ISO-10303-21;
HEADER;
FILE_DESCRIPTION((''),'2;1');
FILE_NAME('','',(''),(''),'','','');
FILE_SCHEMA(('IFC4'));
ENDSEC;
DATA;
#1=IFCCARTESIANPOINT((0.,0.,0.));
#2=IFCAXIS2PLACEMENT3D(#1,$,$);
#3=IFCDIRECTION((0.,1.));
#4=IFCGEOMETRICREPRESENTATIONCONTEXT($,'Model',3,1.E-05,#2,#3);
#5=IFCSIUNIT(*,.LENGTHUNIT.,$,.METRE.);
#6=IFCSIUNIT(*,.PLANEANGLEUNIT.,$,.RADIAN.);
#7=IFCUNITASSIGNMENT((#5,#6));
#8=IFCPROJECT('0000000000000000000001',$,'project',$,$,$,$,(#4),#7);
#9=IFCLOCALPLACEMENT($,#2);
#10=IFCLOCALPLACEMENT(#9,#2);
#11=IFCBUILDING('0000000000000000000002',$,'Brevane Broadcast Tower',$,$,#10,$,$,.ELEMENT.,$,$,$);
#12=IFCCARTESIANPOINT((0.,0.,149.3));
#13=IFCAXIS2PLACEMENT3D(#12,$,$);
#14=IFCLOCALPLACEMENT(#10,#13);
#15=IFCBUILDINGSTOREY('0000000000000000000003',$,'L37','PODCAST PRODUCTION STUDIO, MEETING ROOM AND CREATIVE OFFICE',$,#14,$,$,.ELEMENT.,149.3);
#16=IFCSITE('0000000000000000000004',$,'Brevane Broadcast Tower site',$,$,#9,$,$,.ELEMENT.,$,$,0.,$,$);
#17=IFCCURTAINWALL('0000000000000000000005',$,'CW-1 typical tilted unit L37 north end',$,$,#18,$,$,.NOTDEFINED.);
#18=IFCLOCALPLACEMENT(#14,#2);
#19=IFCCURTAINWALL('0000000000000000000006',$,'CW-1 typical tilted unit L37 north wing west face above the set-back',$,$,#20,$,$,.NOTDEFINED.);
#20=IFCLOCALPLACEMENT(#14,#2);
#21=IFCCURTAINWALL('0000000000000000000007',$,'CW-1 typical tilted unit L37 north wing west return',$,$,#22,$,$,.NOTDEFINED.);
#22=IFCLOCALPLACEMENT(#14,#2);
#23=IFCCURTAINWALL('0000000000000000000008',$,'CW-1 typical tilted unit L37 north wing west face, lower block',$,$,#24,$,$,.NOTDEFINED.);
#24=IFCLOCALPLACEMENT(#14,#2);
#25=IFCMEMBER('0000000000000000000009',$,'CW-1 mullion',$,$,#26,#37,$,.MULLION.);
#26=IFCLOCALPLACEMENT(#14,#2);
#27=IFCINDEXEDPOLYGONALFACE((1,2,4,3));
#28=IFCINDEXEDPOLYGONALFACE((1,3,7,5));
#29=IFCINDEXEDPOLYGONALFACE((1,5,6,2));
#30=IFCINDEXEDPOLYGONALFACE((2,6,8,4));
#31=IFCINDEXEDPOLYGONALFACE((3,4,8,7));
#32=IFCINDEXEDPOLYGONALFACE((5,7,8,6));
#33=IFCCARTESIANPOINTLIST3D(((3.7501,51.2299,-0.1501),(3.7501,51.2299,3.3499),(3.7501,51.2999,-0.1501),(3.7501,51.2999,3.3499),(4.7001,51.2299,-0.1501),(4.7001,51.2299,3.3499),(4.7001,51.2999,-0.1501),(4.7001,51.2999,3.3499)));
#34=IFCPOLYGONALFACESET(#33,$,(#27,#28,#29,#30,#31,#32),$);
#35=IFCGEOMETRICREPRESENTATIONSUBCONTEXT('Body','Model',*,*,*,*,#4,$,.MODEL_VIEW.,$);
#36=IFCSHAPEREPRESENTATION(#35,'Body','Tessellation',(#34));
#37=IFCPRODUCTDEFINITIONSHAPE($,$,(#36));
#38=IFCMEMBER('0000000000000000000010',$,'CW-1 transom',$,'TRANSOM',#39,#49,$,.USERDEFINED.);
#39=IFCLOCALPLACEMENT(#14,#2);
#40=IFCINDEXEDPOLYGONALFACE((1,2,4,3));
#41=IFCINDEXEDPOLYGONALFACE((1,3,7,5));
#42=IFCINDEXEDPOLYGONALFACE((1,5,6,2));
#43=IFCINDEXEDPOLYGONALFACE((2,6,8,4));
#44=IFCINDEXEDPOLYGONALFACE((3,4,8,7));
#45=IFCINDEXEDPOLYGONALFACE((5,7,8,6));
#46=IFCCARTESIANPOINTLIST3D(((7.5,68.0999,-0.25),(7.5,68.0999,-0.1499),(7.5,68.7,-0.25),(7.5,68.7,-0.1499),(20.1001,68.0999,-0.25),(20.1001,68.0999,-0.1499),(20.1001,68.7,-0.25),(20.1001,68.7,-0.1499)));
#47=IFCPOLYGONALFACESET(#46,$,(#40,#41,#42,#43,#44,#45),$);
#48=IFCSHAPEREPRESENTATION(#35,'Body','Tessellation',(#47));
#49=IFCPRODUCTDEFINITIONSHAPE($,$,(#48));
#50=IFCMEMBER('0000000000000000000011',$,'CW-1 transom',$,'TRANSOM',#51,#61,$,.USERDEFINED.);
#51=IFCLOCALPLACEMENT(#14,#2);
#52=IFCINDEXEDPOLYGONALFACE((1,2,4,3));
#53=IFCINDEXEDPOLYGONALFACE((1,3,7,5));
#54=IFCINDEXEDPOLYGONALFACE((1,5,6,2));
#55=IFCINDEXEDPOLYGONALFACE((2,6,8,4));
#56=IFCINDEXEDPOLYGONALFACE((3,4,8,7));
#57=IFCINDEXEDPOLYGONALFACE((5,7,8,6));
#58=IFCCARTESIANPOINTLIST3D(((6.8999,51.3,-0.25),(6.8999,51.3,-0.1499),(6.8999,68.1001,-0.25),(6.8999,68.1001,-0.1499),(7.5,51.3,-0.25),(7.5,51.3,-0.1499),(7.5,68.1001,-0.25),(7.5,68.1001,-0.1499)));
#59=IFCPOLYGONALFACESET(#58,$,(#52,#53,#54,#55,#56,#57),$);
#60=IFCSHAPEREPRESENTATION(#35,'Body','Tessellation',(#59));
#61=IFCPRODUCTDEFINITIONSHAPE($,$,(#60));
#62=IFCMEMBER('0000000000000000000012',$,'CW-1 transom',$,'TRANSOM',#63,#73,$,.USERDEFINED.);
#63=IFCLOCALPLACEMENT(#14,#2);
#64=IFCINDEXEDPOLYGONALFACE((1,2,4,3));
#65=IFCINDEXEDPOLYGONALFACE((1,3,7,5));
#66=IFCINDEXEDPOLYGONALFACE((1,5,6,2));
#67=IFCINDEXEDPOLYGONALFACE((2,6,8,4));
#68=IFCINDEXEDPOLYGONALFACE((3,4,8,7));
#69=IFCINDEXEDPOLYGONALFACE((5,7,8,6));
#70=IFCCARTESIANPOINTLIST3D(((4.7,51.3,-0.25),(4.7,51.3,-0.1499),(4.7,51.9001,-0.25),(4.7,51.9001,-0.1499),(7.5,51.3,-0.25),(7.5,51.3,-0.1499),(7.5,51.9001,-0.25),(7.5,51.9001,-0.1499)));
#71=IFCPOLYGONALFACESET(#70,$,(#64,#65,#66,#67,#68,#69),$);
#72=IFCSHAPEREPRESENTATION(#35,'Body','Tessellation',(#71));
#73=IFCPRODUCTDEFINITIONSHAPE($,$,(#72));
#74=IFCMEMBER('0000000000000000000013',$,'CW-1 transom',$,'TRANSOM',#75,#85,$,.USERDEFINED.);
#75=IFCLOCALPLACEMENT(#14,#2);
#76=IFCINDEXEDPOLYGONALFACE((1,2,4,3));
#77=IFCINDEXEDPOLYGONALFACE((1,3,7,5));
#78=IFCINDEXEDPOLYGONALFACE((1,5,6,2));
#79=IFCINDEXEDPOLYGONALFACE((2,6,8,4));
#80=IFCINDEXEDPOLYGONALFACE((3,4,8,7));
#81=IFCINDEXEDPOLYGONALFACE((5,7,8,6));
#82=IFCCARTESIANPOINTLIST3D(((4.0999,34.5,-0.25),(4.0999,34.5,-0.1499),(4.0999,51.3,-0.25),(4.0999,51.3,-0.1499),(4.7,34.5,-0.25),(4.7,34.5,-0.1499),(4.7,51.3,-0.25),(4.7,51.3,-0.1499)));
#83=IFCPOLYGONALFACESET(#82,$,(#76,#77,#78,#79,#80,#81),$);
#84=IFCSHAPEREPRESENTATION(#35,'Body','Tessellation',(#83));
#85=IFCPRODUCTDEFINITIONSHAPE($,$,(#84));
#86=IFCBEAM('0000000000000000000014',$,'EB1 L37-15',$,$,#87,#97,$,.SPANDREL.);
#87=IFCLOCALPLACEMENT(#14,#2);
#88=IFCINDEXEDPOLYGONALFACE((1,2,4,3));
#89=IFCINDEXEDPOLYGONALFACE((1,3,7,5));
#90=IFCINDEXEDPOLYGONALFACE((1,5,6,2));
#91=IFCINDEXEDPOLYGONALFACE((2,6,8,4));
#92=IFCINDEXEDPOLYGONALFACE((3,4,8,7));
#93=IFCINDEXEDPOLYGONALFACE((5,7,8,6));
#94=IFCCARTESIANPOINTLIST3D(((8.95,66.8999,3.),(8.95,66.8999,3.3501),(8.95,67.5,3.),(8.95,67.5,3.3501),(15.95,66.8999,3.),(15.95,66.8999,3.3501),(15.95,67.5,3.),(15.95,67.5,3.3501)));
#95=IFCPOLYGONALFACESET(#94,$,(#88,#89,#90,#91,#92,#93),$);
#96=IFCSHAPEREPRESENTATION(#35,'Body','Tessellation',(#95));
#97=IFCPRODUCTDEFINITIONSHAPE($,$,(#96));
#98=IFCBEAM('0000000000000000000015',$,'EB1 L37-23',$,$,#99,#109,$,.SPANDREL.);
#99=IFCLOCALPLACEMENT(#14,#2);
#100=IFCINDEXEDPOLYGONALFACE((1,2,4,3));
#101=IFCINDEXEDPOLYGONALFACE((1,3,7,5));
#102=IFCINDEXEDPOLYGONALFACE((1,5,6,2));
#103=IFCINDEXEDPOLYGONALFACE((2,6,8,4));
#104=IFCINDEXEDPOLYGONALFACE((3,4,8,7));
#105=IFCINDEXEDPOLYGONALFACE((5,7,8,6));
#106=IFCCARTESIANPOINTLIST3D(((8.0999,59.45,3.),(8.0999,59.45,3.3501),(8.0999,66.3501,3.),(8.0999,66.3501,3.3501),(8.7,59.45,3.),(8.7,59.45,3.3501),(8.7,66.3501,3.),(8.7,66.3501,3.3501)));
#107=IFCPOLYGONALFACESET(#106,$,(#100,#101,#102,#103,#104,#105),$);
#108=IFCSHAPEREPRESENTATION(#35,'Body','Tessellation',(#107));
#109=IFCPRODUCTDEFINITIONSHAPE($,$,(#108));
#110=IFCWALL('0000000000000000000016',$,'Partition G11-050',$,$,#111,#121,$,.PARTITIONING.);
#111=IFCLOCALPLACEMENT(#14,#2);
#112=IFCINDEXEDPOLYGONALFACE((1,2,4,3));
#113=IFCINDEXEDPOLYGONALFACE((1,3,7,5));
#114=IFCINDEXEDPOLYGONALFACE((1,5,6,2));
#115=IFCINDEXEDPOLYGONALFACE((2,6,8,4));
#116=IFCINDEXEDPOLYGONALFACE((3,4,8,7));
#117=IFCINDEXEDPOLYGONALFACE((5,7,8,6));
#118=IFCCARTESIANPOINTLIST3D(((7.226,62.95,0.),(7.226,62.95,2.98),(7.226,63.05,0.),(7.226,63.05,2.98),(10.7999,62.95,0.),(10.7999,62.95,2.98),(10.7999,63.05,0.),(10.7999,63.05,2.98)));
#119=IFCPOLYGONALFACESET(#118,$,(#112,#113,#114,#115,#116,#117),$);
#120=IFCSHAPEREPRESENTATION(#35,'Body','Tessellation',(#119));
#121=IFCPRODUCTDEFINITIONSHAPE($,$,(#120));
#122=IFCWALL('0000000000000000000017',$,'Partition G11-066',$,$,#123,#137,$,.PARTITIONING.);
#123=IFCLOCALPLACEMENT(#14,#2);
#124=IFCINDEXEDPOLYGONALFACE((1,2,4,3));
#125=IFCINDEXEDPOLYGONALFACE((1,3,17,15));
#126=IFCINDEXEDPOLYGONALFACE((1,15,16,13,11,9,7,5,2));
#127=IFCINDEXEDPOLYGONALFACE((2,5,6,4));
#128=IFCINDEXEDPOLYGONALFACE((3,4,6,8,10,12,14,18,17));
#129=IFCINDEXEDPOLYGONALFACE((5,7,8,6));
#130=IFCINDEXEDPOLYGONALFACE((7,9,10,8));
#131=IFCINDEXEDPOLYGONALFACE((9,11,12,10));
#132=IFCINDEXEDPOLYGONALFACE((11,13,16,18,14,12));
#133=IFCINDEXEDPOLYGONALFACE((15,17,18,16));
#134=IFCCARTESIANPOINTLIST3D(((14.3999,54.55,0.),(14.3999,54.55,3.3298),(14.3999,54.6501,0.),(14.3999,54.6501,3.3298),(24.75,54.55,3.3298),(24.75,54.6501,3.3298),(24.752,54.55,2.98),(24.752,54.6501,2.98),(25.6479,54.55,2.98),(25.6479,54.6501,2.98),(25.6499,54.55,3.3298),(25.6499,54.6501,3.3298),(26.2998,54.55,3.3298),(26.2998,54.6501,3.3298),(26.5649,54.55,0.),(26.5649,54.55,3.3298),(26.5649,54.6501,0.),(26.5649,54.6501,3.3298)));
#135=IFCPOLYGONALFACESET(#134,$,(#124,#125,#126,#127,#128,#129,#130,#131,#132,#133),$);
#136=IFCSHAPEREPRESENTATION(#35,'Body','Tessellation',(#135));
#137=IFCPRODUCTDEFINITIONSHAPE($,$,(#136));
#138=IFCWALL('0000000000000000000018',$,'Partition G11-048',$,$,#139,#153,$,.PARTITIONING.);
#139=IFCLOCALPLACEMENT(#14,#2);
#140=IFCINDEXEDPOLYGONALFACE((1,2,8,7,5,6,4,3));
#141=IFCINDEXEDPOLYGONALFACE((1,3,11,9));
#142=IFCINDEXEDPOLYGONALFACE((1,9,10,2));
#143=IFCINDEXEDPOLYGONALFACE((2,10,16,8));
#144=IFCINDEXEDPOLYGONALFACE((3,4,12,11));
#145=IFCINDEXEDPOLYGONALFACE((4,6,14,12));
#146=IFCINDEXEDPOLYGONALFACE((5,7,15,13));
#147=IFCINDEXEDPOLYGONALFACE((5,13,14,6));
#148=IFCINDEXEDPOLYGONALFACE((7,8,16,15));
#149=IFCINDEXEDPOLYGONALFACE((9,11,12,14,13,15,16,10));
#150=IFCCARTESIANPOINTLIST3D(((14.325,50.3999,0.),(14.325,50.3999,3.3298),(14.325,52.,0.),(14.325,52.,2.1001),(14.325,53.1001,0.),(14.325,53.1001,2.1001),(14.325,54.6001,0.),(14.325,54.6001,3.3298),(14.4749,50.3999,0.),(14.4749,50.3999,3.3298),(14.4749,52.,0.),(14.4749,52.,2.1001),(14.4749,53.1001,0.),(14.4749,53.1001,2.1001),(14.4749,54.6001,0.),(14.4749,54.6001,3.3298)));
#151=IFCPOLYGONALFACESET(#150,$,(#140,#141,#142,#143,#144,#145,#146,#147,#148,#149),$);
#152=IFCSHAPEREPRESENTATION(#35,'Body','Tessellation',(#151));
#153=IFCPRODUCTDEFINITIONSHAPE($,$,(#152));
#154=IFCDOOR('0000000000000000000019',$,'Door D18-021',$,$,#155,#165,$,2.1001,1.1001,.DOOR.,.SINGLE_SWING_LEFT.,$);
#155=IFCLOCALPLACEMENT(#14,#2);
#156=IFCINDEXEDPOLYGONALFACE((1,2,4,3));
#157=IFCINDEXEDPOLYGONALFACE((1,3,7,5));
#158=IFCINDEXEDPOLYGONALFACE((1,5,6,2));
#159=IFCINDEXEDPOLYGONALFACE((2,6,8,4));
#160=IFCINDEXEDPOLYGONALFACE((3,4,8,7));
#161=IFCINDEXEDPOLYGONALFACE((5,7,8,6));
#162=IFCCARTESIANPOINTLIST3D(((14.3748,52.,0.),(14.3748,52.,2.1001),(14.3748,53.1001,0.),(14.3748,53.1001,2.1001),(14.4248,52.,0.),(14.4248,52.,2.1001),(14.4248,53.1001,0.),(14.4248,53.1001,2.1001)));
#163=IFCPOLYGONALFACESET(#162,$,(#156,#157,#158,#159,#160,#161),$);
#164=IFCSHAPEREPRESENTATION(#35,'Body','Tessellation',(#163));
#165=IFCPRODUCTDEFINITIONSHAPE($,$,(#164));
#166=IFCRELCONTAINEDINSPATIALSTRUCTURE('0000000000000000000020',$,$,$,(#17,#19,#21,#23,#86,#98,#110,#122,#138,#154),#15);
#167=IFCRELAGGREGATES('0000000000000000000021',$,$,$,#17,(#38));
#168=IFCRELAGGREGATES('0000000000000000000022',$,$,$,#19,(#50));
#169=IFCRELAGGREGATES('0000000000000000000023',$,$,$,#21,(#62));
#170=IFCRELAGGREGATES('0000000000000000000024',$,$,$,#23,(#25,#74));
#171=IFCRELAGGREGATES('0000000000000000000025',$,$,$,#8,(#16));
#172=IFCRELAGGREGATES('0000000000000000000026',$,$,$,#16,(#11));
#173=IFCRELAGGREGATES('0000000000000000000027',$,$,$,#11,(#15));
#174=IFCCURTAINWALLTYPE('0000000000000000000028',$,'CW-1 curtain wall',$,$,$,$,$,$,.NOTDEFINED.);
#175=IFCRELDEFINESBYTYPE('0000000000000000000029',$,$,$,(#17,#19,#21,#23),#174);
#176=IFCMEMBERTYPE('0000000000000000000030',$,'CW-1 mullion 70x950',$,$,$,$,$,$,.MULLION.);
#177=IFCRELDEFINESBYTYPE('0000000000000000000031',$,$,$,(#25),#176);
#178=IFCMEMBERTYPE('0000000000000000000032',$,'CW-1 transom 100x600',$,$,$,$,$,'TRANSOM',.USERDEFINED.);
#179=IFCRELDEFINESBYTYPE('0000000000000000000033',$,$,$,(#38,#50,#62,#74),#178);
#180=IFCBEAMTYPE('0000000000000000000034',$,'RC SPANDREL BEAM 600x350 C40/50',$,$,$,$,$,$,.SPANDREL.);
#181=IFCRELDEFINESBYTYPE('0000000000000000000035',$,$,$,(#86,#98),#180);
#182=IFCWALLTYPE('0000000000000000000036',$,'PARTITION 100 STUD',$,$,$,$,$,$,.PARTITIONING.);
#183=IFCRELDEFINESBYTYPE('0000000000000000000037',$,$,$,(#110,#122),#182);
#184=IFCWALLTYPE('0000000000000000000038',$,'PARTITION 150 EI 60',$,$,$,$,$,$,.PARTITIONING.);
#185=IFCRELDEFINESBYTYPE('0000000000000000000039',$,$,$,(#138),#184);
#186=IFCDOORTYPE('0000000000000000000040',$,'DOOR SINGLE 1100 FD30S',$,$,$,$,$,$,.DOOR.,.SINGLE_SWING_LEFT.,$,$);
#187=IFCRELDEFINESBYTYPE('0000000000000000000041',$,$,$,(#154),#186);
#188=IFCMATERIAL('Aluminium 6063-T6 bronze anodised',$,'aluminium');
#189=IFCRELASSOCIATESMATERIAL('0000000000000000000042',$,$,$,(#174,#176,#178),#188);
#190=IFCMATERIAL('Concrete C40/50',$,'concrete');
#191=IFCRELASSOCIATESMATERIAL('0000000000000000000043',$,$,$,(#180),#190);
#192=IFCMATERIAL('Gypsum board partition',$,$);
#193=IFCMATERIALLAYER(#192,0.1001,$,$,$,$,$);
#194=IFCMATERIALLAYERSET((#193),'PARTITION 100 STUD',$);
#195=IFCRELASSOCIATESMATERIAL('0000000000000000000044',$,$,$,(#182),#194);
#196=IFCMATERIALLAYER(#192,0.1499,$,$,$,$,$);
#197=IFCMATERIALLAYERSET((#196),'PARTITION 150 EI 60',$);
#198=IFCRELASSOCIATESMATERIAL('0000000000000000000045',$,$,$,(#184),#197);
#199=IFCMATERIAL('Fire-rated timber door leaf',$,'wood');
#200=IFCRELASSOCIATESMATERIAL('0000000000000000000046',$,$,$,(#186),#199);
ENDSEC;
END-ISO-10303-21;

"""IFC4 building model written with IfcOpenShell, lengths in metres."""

from ifc_helpers import new_model, si_unit, direction, frame, frame_2d, origin, origin_2d, place, context, subcontext, project, spatial, polyline, rectangle, outline, extrude, material, layer, layer_set, material_profile, profile_set, type_object, element, fill, aggregate, save


model = new_model("IFC4")

# Units and contexts
model_context = context("Model", 3, precision=1e-05, world=origin(), true_north=direction((0.0, 1.0)))
body_context = subcontext(model_context, "Body", "Model", "MODEL_VIEW")
ifc_project = project(units=[si_unit("LENGTHUNIT", "METRE"), si_unit("PLANEANGLEUNIT", "RADIAN")], contexts=[model_context])

# Site, building, storey
site_placement = place(None, origin())
site = spatial("IfcSite", under=ifc_project, at=site_placement, Name="Brevane Broadcast Tower site", CompositionType="ELEMENT", RefElevation=0.0)
building_placement = place(site_placement, origin())
building = spatial("IfcBuilding", under=site, at=building_placement, Name="Brevane Broadcast Tower", CompositionType="ELEMENT")
storey_placement = place(building_placement, frame((0.0, 0.0, 149.3)))
storey = spatial("IfcBuildingStorey", under=building, at=storey_placement, Name="L37", Description="PODCAST PRODUCTION STUDIO, MEETING ROOM AND CREATIVE OFFICE", CompositionType="ELEMENT", Elevation=149.3)

# Curtain walls
ifc_material_1 = material(Name="Aluminium 6063-T6 bronze anodised", Category="aluminium")
curtain_wall_type = type_object("IfcCurtainWallType", Name="CW-1 curtain wall", PredefinedType="NOTDEFINED", material=ifc_material_1)
curtain_wall_1_placement = place(storey_placement, origin())
curtain_wall_1 = element("IfcCurtainWall", 1, at=curtain_wall_1_placement, inside=storey, type_object=curtain_wall_type, Name="CW-1 typical tilted unit L37 north end", PredefinedType="NOTDEFINED")
ifc_material_profile_1 = material_profile(ifc_material_1, rectangle(XDim=0.95, YDim=0.0701, at=origin_2d()), Name="RECT 70x950")
ifc_profile_set_1 = profile_set([ifc_material_profile_1], Name="Aluminium 6063-T6 bronze anodised")
member_type_1 = type_object("IfcMemberType", Name="CW-1 mullion 70x950", PredefinedType="MULLION", material=ifc_profile_set_1)
curtain_wall_2_placement = place(storey_placement, origin())
curtain_wall_2 = element("IfcCurtainWall", 2, at=curtain_wall_2_placement, inside=storey, type_object=curtain_wall_type, Name="CW-1 typical tilted unit L37 north wing west face above the set-back", PredefinedType="NOTDEFINED")
curtain_wall_3_placement = place(storey_placement, origin())
curtain_wall_3 = element("IfcCurtainWall", 3, at=curtain_wall_3_placement, inside=storey, type_object=curtain_wall_type, Name="CW-1 typical tilted unit L37 north wing west return", PredefinedType="NOTDEFINED")

# Curtain wall, member
curtain_wall_4_placement = place(storey_placement, origin())
curtain_wall_4 = element("IfcCurtainWall", 4, at=curtain_wall_4_placement, inside=storey, type_object=curtain_wall_type, Name="CW-1 typical tilted unit L37 north wing west face, lower block", PredefinedType="NOTDEFINED")
member_1_placement = place(storey_placement, frame((4.2251, 51.2649, -0.1501), z_axis=(0.0, 0.0, 1.0), x_axis=(1.0, 0.0, 0.0)))
member_1 = element("IfcMember", 5, at=member_1_placement, type_object=member_type_1, Name="CW-1 mullion", PredefinedType="MULLION", context=body_context, shape_type="SweptSolid", body=[
    extrude(rectangle(XDim=0.95, YDim=0.0701, at=origin_2d()), origin(), (0.0, 0.0, 1.0), 3.5),
])

# Members
ifc_material_profile_2 = material_profile(ifc_material_1, rectangle(XDim=0.6001, YDim=0.1001, at=origin_2d()), Name="RECT 100x600")
ifc_profile_set_2 = profile_set([ifc_material_profile_2], Name="Aluminium 6063-T6 bronze anodised")
member_type_2 = type_object("IfcMemberType", Name="CW-1 transom 100x600", ElementType="TRANSOM", PredefinedType="USERDEFINED", material=ifc_profile_set_2)
member_2_placement = place(storey_placement, frame((20.1001, 68.3999, -0.2), z_axis=(-1.0, 0.0, 0.0), x_axis=(0.0, -1.0, 0.0)))
member_2 = element("IfcMember", 6, at=member_2_placement, type_object=member_type_2, Name="CW-1 transom", ObjectType="TRANSOM", PredefinedType="USERDEFINED", context=body_context, shape_type="SweptSolid", body=[
    extrude(rectangle(XDim=0.6001, YDim=0.1001, at=origin_2d()), origin(), (0.0, 0.0, 1.0), 12.6001),
])
aggregate(curtain_wall_1, [member_2])
member_3_placement = place(storey_placement, frame((7.2, 68.1001, -0.2), z_axis=(0.0, -1.0, 0.0), x_axis=(1.0, 0.0, 0.0)))
member_3 = element("IfcMember", 7, at=member_3_placement, type_object=member_type_2, Name="CW-1 transom", ObjectType="TRANSOM", PredefinedType="USERDEFINED", context=body_context, shape_type="SweptSolid", body=[
    extrude(rectangle(XDim=0.6001, YDim=0.1001, at=origin_2d()), origin(), (0.0, 0.0, 1.0), 16.8),
])
aggregate(curtain_wall_2, [member_3])
member_4_placement = place(storey_placement, frame((7.5, 51.6001, -0.2), z_axis=(-1.0, 0.0, 0.0), x_axis=(0.0, -1.0, 0.0)))
member_4 = element("IfcMember", 8, at=member_4_placement, type_object=member_type_2, Name="CW-1 transom", ObjectType="TRANSOM", PredefinedType="USERDEFINED", context=body_context, shape_type="SweptSolid", body=[
    extrude(rectangle(XDim=0.6001, YDim=0.1001, at=origin_2d()), origin(), (0.0, 0.0, 1.0), 2.8),
])
aggregate(curtain_wall_3, [member_4])
member_5_placement = place(storey_placement, frame((4.3999, 51.3, -0.2), z_axis=(0.0, -1.0, 0.0), x_axis=(1.0, 0.0, 0.0)))
member_5 = element("IfcMember", 9, at=member_5_placement, type_object=member_type_2, Name="CW-1 transom", ObjectType="TRANSOM", PredefinedType="USERDEFINED", context=body_context, shape_type="SweptSolid", body=[
    extrude(rectangle(XDim=0.6001, YDim=0.1001, at=origin_2d()), origin(), (0.0, 0.0, 1.0), 16.8),
])
aggregate(curtain_wall_4, [member_1, member_5])

# Beams
ifc_material_2 = material(Name="Concrete C40/50", Category="concrete")
ifc_material_profile_3 = material_profile(ifc_material_2, rectangle(XDim=0.6001, YDim=0.3501, at=origin_2d()), Name="RC 600x350")
ifc_profile_set_3 = profile_set([ifc_material_profile_3], Name="Concrete C40/50")
beam_type = type_object("IfcBeamType", Name="RC SPANDREL BEAM 600x350 C40/50", PredefinedType="SPANDREL", material=ifc_profile_set_3)
beam_1_placement = place(storey_placement, frame((15.95, 67.2, 3.175), z_axis=(-1.0, 0.0, 0.0), x_axis=(0.0, -1.0, 0.0)))
element("IfcBeam", 10, at=beam_1_placement, inside=storey, type_object=beam_type, Name="EB1 L37-15", PredefinedType="SPANDREL", context=body_context, shape_type="SweptSolid", body=[
    extrude(rectangle(XDim=0.6001, YDim=0.3501, at=origin_2d()), origin(), (0.0, 0.0, 1.0), 7.0),
])
beam_2_placement = place(storey_placement, frame((8.3999, 59.45, 3.175), z_axis=(0.0, 1.0, 0.0), x_axis=(-1.0, 0.0, 0.0)))
element("IfcBeam", 11, at=beam_2_placement, inside=storey, type_object=beam_type, Name="EB1 L37-23", PredefinedType="SPANDREL", context=body_context, shape_type="SweptSolid", body=[
    extrude(rectangle(XDim=0.6001, YDim=0.3501, at=origin_2d()), origin(), (0.0, 0.0, 1.0), 6.9001),
])

# Walls
ifc_material_3 = material(Name="Gypsum board partition")
ifc_layer_1 = layer(ifc_material_3, 0.1001)
ifc_layer_set_1 = layer_set([ifc_layer_1], Name="PARTITION 100 STUD")
wall_type_1 = type_object("IfcWallType", Name="PARTITION 100 STUD", PredefinedType="PARTITIONING", material=ifc_layer_set_1)
wall_1_placement = place(storey_placement, frame((10.8, 63.0, 0.0), z_axis=(0.0, 0.0, 1.0), x_axis=(-1.0, 0.0, 0.0)))
element("IfcWall", 12, at=wall_1_placement, inside=storey, type_object=wall_type_1, Name="Partition G11-050", PredefinedType="PARTITIONING", context=body_context, shape_type="SweptSolid", body=[
    extrude(rectangle(XDim=3.574, YDim=0.1001, at=frame_2d((1.7871, 0.0))), origin(), (0.0, 0.0, 1.0), 2.98),
])
wall_2_placement = place(storey_placement, frame((14.3999, 54.6001, 0.0), z_axis=(0.0, 0.0, 1.0), x_axis=(1.0, 0.0, 0.0)))
element("IfcWall", 13, at=wall_2_placement, inside=storey, type_object=wall_type_1, Name="Partition G11-066", PredefinedType="PARTITIONING", context=body_context, shape_type="SweptSolid", body=[
    extrude(outline(polyline([(0.0, 0.0), (12.165, 0.0), (12.165, 3.3298), (11.8999, 3.3298), (11.25, 3.3298), (11.248, 2.98), (10.3521, 2.98), (10.3501, 3.3298), (0.0, 3.3298), (0.0, 0.0)])), frame((0.0, 0.05, 0.0), z_axis=(0.0, -1.0, 0.0), x_axis=(1.0, 0.0, 0.0)), (0.0, 0.0, 1.0), 0.1001),
])

# Wall, opening, door
ifc_layer_2 = layer(ifc_material_3, 0.1499)
ifc_layer_set_2 = layer_set([ifc_layer_2], Name="PARTITION 150 EI 60")
wall_type_2 = type_object("IfcWallType", Name="PARTITION 150 EI 60", PredefinedType="PARTITIONING", material=ifc_layer_set_2)
ifc_material_4 = material(Name="Fire-rated timber door leaf", Category="wood")
wall_3_placement = place(storey_placement, frame((14.3999, 54.6001, 0.0), z_axis=(0.0, 0.0, 1.0), x_axis=(0.0, -1.0, 0.0)))
wall_3 = element("IfcWall", 14, at=wall_3_placement, inside=storey, type_object=wall_type_2, Name="Partition G11-048", PredefinedType="PARTITIONING", context=body_context, shape_type="SweptSolid", body=[
    extrude(rectangle(XDim=4.2002, YDim=0.1499, at=frame_2d((2.1001, 0.0))), origin(), (0.0, 0.0, 1.0), 3.3298),
])
opening_1_placement = place(wall_3_placement, frame((1.5, 0.0, 0.0)))
opening_1 = element("IfcOpeningElement", 15, at=opening_1_placement, cuts=wall_3, PredefinedType="OPENING", context=body_context, shape_type="SweptSolid", body=[
    extrude(rectangle(XDim=1.1001, YDim=2.1001, at=frame_2d((0.55, 1.05))), frame((0.0, 0.085, 0.0), z_axis=(0.0, -1.0, 0.0), x_axis=(1.0, 0.0, 0.0)), (0.0, 0.0, 1.0), 0.1699),
])
door_type_1 = type_object("IfcDoorType", Name="DOOR SINGLE 1100 FD30S", OperationType="SINGLE_SWING_LEFT", PredefinedType="DOOR", material=ifc_material_4)
door_1_placement = place(opening_1_placement, origin())
door_1 = element("IfcDoor", 16, at=door_1_placement, inside=storey, type_object=door_type_1, Name="Door D18-021", OperationType="SINGLE_SWING_LEFT", OverallHeight=2.1001, OverallWidth=1.1001, PredefinedType="DOOR", context=body_context, shape_type="SweptSolid", body=[
    extrude(rectangle(XDim=1.1001, YDim=2.1001, at=frame_2d((0.55, 1.05))), frame((0.0, 0.0249, 0.0), z_axis=(0.0, -1.0, 0.0), x_axis=(1.0, 0.0, 0.0)), (0.0, 0.0, 1.0), 0.05),
])
fill(opening_1, door_1)

save(model, "model.ifc")
